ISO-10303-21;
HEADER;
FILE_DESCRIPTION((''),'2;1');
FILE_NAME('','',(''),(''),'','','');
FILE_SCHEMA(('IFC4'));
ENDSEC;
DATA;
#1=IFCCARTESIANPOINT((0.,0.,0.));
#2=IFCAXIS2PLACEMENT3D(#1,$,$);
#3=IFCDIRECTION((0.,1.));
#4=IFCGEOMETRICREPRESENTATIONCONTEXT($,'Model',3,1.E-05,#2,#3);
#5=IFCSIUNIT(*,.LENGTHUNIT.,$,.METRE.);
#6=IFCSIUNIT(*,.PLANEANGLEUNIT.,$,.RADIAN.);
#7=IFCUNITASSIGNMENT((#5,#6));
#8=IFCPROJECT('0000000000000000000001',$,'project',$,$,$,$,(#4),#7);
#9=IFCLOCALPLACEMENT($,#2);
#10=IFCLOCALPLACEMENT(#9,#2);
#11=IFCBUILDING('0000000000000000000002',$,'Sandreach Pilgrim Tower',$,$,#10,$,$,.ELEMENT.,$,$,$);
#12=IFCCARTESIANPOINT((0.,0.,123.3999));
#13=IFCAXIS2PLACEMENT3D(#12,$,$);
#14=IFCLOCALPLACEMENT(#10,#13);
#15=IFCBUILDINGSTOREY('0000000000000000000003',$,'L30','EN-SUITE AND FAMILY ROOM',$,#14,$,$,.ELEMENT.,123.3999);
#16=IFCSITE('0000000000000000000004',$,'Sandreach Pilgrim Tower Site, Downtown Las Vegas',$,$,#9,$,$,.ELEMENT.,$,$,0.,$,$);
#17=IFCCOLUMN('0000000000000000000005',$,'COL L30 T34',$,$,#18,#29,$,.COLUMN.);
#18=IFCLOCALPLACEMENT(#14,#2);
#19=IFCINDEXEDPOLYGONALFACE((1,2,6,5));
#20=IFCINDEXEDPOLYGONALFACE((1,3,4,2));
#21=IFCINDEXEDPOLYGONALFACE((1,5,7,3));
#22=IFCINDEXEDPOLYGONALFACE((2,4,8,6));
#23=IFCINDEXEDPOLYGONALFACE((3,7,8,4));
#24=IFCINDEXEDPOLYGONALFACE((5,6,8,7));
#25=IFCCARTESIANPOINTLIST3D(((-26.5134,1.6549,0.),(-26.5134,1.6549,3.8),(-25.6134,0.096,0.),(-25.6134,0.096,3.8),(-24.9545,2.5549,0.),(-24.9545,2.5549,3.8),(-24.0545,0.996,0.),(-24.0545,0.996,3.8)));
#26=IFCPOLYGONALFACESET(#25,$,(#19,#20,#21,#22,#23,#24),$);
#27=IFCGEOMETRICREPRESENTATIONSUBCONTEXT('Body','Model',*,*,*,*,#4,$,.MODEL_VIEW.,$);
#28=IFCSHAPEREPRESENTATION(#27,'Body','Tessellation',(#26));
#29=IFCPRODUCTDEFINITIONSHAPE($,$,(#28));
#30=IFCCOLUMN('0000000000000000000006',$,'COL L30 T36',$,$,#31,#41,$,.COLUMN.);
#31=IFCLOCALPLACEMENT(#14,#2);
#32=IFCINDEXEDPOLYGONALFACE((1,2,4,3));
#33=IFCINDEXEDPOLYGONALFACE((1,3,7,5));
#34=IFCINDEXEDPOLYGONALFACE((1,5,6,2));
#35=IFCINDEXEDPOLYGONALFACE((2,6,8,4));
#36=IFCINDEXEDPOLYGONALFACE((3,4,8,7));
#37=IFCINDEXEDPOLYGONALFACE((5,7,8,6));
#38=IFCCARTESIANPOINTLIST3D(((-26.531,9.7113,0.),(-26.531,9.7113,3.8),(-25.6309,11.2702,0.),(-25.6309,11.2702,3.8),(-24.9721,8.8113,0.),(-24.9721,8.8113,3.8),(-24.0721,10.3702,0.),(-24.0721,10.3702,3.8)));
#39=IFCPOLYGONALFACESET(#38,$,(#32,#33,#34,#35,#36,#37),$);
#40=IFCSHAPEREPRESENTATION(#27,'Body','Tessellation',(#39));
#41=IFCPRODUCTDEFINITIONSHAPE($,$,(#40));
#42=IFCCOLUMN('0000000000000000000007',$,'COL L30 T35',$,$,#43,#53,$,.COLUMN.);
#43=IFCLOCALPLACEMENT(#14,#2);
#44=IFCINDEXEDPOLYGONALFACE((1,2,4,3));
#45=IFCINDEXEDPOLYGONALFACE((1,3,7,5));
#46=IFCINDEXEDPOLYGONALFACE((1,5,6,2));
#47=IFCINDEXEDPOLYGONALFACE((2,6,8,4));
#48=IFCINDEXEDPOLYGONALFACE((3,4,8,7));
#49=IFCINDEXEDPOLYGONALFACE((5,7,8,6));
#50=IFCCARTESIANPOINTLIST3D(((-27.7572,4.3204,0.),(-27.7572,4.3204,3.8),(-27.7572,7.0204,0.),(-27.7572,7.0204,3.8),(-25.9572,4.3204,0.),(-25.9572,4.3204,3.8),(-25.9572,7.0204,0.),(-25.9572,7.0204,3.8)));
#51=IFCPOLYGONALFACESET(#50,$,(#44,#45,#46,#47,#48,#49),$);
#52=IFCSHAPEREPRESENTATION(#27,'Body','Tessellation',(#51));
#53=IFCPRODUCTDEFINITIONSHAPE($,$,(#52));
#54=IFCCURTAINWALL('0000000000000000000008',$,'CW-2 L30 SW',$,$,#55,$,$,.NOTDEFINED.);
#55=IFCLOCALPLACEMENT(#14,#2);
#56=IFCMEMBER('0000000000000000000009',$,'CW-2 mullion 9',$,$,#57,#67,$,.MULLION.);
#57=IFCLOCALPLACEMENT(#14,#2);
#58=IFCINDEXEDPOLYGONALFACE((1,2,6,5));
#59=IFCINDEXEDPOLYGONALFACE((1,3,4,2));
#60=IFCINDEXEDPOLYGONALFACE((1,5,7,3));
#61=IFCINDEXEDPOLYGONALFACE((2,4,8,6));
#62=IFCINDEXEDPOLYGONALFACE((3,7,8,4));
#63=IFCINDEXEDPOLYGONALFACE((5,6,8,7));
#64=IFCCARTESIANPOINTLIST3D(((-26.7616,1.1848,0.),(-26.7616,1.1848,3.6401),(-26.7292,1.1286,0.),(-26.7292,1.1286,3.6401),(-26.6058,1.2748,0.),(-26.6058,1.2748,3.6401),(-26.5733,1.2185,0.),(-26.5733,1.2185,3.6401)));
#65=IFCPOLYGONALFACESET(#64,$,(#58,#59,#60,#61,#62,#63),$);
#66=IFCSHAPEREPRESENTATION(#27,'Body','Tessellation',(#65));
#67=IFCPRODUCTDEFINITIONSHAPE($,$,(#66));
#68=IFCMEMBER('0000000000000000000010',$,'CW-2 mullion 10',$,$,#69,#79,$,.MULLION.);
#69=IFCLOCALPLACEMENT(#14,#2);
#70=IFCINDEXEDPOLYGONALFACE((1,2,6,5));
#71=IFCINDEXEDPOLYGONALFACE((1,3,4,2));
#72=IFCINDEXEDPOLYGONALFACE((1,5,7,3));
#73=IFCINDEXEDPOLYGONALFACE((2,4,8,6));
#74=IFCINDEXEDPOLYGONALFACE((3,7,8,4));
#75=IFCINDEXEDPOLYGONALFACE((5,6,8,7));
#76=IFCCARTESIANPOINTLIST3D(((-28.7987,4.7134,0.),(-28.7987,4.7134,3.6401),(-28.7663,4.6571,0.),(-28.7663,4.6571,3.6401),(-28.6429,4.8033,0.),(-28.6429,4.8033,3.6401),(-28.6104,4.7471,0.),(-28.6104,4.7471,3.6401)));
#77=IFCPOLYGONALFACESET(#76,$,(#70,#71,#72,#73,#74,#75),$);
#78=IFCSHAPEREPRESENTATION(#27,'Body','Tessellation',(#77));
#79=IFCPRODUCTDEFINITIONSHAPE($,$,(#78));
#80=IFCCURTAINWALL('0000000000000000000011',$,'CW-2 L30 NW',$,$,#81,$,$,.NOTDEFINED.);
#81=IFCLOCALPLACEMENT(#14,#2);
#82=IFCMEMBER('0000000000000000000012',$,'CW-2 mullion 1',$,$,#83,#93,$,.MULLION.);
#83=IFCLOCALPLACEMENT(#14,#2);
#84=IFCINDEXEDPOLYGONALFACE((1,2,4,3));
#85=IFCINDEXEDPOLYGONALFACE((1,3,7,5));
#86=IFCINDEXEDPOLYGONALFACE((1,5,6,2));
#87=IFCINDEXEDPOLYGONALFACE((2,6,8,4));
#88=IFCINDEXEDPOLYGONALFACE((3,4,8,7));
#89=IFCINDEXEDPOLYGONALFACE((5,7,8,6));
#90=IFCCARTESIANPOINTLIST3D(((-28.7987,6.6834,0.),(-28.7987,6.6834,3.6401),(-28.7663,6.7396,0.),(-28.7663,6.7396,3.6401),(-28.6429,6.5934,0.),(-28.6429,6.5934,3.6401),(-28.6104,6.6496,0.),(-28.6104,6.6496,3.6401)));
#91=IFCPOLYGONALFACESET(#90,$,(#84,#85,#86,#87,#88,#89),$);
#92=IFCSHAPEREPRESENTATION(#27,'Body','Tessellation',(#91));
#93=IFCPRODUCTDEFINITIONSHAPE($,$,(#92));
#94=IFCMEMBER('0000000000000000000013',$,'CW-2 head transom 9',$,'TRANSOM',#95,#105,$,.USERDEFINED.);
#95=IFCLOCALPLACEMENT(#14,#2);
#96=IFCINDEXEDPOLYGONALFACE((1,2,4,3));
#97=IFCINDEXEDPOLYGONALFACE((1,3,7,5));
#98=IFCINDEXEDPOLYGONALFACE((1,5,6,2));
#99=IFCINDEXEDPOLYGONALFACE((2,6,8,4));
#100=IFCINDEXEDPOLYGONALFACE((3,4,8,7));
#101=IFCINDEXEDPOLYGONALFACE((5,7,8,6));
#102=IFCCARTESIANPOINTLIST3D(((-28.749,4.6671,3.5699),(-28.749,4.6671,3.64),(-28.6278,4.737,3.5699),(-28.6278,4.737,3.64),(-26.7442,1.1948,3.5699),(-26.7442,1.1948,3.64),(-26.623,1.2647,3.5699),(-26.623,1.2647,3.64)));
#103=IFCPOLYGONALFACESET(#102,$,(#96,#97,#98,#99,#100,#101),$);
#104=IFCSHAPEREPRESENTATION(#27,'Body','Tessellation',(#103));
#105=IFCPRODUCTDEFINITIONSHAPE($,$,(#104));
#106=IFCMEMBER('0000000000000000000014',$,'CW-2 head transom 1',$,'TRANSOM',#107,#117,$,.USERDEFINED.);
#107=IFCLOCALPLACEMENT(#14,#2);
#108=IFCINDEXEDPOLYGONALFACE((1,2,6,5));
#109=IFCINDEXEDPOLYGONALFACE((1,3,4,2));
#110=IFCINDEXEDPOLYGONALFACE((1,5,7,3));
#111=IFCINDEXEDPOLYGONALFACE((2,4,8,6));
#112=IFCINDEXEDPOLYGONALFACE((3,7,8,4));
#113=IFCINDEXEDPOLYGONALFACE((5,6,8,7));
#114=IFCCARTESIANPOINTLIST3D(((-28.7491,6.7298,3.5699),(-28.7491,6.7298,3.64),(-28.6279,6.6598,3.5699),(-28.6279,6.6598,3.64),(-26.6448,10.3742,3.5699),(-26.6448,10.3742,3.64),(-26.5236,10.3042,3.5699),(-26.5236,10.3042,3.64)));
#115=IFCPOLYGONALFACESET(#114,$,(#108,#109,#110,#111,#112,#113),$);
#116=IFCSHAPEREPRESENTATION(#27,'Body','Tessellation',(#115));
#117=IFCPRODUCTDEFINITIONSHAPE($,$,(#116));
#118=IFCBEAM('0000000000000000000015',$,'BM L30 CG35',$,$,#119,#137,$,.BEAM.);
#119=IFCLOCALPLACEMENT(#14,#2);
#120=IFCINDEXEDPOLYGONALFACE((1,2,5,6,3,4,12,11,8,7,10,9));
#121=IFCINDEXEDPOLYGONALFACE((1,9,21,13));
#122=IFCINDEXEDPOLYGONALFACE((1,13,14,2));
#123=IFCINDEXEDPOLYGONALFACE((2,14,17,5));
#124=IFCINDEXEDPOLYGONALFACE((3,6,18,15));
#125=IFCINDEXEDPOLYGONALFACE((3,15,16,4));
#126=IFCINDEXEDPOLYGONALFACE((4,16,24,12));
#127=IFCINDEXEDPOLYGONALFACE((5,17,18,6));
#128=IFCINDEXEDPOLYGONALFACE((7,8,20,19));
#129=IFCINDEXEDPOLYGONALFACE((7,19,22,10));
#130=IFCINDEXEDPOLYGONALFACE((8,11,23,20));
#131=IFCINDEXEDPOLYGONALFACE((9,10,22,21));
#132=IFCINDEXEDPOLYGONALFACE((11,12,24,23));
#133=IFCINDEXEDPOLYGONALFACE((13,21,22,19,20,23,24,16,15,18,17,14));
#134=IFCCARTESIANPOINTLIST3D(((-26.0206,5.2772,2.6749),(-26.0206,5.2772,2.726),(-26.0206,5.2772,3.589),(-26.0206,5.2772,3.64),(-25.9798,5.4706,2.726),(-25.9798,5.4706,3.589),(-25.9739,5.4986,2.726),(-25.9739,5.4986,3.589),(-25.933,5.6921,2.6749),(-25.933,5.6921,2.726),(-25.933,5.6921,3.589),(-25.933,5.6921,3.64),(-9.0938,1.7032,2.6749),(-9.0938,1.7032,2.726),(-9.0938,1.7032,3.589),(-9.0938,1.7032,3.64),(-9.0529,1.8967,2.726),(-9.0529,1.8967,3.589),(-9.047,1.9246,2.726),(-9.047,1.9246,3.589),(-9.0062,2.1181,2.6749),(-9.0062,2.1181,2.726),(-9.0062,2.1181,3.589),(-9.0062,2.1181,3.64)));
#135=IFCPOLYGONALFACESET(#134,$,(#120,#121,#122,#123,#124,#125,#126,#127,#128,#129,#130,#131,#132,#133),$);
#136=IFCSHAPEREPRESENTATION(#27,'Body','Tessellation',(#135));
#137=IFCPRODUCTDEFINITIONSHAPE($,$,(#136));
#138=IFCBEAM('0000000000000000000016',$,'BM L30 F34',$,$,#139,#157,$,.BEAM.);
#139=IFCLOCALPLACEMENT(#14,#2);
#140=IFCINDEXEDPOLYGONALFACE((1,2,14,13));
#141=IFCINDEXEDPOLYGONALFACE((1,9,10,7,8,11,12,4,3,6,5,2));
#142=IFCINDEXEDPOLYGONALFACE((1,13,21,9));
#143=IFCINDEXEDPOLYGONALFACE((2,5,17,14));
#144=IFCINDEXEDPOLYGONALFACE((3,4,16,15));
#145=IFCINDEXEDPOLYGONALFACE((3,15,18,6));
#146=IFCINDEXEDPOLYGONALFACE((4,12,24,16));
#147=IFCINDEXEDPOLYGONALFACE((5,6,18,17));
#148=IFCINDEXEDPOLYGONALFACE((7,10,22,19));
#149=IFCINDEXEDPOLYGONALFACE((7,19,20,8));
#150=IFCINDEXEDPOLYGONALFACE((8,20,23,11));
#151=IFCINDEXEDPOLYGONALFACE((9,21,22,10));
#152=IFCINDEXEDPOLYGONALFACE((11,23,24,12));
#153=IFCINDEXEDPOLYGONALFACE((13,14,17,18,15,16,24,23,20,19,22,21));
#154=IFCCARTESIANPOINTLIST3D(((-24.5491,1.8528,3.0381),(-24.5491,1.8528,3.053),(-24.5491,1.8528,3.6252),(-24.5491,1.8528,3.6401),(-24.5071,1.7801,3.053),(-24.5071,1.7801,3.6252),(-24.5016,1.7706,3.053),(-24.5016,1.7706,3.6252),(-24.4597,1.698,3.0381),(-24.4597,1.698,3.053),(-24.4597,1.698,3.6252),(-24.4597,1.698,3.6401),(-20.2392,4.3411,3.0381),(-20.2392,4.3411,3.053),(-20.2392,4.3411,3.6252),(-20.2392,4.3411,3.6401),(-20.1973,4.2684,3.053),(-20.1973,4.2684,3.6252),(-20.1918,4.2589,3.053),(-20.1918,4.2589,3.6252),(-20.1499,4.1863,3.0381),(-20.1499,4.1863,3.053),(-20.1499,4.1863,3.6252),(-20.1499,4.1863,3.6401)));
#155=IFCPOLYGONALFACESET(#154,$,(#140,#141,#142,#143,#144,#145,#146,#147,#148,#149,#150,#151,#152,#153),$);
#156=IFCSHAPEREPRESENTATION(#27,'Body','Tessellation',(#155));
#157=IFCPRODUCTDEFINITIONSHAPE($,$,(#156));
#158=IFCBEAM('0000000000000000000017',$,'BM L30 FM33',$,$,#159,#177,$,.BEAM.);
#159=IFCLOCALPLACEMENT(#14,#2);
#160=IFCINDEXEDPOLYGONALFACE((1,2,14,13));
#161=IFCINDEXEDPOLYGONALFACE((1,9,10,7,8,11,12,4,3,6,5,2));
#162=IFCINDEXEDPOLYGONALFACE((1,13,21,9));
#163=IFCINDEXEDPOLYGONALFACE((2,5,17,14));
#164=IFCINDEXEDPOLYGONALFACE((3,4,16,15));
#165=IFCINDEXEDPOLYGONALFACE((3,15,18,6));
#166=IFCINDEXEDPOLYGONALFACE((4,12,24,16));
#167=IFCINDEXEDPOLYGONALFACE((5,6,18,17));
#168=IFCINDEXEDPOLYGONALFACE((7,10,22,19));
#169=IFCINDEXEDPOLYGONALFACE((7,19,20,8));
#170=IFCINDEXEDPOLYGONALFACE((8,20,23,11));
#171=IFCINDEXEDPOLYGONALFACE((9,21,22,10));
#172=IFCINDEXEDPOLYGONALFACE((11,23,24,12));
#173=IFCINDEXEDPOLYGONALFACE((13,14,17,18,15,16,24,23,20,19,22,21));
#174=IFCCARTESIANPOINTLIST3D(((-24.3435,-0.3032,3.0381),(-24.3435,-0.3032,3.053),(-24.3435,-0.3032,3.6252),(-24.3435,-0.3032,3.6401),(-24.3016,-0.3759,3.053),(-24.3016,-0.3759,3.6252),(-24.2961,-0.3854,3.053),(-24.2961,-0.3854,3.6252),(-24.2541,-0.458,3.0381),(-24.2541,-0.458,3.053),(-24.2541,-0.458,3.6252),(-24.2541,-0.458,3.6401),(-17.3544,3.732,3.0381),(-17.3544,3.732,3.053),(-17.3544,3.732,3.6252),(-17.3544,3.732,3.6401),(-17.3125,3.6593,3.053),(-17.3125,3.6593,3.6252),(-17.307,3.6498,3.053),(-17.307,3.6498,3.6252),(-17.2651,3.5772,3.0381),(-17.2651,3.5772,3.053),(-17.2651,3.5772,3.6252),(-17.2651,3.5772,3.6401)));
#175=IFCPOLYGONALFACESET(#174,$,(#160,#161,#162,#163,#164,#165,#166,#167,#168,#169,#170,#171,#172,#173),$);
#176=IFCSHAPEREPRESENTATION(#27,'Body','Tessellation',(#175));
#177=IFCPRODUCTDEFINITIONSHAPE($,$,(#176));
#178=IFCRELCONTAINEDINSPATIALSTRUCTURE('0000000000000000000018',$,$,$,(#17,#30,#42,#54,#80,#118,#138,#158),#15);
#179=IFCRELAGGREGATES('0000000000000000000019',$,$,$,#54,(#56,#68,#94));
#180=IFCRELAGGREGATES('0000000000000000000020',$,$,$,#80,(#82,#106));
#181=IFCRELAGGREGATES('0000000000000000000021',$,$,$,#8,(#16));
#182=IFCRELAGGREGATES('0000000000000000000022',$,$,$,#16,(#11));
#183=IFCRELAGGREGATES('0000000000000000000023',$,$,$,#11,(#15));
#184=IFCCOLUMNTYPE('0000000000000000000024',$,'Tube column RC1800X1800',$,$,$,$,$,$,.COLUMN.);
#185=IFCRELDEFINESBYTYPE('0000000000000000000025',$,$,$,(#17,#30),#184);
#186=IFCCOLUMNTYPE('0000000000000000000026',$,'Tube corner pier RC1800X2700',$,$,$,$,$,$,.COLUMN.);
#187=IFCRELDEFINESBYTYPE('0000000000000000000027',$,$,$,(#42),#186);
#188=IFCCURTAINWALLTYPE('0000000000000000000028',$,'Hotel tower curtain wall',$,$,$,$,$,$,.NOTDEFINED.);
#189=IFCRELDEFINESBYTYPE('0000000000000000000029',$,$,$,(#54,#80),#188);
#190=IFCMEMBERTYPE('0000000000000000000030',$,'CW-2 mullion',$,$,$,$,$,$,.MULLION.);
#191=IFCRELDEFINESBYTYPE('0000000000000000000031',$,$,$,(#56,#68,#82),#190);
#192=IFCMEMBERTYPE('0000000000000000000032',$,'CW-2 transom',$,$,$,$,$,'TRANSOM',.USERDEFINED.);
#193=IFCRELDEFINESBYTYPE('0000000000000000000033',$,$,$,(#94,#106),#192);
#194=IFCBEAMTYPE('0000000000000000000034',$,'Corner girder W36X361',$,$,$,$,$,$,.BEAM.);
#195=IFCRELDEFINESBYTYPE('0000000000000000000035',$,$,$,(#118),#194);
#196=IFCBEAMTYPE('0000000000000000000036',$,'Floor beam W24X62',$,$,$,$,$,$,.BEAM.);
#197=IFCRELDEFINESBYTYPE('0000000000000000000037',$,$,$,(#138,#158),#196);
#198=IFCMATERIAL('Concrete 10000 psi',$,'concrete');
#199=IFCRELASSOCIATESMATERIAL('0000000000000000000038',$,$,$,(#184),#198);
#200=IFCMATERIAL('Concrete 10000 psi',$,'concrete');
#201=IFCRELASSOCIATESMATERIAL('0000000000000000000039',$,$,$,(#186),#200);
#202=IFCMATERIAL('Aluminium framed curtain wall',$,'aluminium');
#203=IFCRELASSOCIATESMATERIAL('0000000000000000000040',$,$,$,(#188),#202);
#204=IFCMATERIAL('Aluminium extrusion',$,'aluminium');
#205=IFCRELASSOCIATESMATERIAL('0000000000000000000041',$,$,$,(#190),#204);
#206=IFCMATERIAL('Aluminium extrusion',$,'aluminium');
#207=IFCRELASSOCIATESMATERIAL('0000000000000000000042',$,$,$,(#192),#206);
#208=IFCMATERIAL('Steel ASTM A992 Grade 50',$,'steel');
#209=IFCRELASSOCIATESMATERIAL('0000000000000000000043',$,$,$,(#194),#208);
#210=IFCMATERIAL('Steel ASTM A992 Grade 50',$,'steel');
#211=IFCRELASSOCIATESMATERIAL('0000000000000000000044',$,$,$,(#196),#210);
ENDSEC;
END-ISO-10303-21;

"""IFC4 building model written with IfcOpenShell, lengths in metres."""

from ifc_helpers import new_model, si_unit, direction, frame, origin, origin_2d, place, context, subcontext, project, spatial, rectangle, i_section, extrude, material, material_profile, profile_set, type_object, element, aggregate, save


model = new_model("IFC4")

# Units and contexts
model_context = context("Model", 3, precision=1e-05, world=origin(), true_north=direction((0.0, 1.0)))
body_context = subcontext(model_context, "Body", "Model", "MODEL_VIEW")
ifc_project = project(units=[si_unit("LENGTHUNIT", "METRE"), si_unit("PLANEANGLEUNIT", "RADIAN")], contexts=[model_context])

# Site, building, storey
site_placement = place(None, origin())
site = spatial("IfcSite", under=ifc_project, at=site_placement, Name="Sandreach Pilgrim Tower Site, Downtown Las Vegas", CompositionType="ELEMENT", RefElevation=0.0)
building_placement = place(site_placement, origin())
building = spatial("IfcBuilding", under=site, at=building_placement, Name="Sandreach Pilgrim Tower", CompositionType="ELEMENT")
storey_placement = place(building_placement, frame((0.0, 0.0, 123.3999)))
storey = spatial("IfcBuildingStorey", under=building, at=storey_placement, Name="L30", Description="EN-SUITE AND FAMILY ROOM", CompositionType="ELEMENT", Elevation=123.3999)

# Columns
ifc_material_1 = material(Name="Concrete 10000 psi", Category="concrete")
ifc_material_profile_1 = material_profile(ifc_material_1, rectangle(XDim=1.8, YDim=1.8, at=origin_2d()), Name="RC1800X1800")
ifc_profile_set_1 = profile_set([ifc_material_profile_1], Name="Concrete 10000 psi")
column_type_1 = type_object("IfcColumnType", Name="Tube column RC1800X1800", PredefinedType="COLUMN", material=ifc_profile_set_1)
for number, where, z_axis, x_axis, name in (
    (1, (-25.2839, 1.3254, 0.0), (0.0, 0.0, 1.0), (-0.866025, -0.5, 0.0), "COL L30 T34"),
    (2, (-25.3015, 10.0408, 0.0), (0.0, 0.0, 1.0), (-0.866025, 0.5, 0.0), "COL L30 T36"),
):
    element("IfcColumn", number, at=place(storey_placement, frame(where, z_axis=z_axis, x_axis=x_axis)), inside=storey, type_object=column_type_1, Name=name, PredefinedType="COLUMN", context=body_context, shape_type="SweptSolid", body=[
        extrude(rectangle(XDim=1.8, YDim=1.8, at=origin_2d()), origin(), (0.0, 0.0, 1.0), 3.8),
    ])
ifc_material_2 = material(Name="Concrete 10000 psi", Category="concrete")
ifc_material_profile_2 = material_profile(ifc_material_2, rectangle(XDim=1.8, YDim=2.7, at=origin_2d()), Name="RC1800X2700")
ifc_profile_set_2 = profile_set([ifc_material_profile_2], Name="Concrete 10000 psi")
column_type_2 = type_object("IfcColumnType", Name="Tube corner pier RC1800X2700", PredefinedType="COLUMN", material=ifc_profile_set_2)
column_placement = place(storey_placement, frame((-26.8572, 5.6704, 0.0), z_axis=(0.0, 0.0, 1.0), x_axis=(-1.0, 0.0, 0.0)))
element("IfcColumn", 3, at=column_placement, inside=storey, type_object=column_type_2, Name="COL L30 T35", PredefinedType="COLUMN", context=body_context, shape_type="SweptSolid", body=[
    extrude(rectangle(XDim=1.8, YDim=2.7, at=origin_2d()), origin(), (0.0, 0.0, 1.0), 3.8),
])

# Curtain wall, members
ifc_material_3 = material(Name="Aluminium framed curtain wall", Category="aluminium")
curtain_wall_type = type_object("IfcCurtainWallType", Name="Hotel tower curtain wall", PredefinedType="NOTDEFINED", material=ifc_material_3)
curtain_wall_1_placement = place(storey_placement, origin())
curtain_wall_1 = element("IfcCurtainWall", 4, at=curtain_wall_1_placement, inside=storey, type_object=curtain_wall_type, Name="CW-2 L30 SW", PredefinedType="NOTDEFINED")
ifc_material_4 = material(Name="Aluminium extrusion", Category="aluminium")
ifc_material_profile_3 = material_profile(ifc_material_4, rectangle(XDim=0.0649, YDim=0.1799, at=origin_2d()), Name="CW-2M 65X180")
ifc_profile_set_3 = profile_set([ifc_material_profile_3], Name="Aluminium extrusion")
member_type_1 = type_object("IfcMemberType", Name="CW-2 mullion", PredefinedType="MULLION", material=ifc_profile_set_3)
member_1_placement = place(storey_placement, frame((-26.6675, 1.2017, 0.0), z_axis=(0.0, 0.0, 1.0), x_axis=(-0.5, 0.866025, 0.0)))
member_1 = element("IfcMember", 5, at=member_1_placement, type_object=member_type_1, Name="CW-2 mullion 9", PredefinedType="MULLION", context=body_context, shape_type="SweptSolid", body=[
    extrude(rectangle(XDim=0.0649, YDim=0.1799, at=origin_2d()), origin(), (0.0, 0.0, 1.0), 3.6401),
])
member_2_placement = place(storey_placement, frame((-28.7046, 4.7302, 0.0), z_axis=(0.0, 0.0, 1.0), x_axis=(-0.5, 0.866025, 0.0)))
member_2 = element("IfcMember", 6, at=member_2_placement, type_object=member_type_1, Name="CW-2 mullion 10", PredefinedType="MULLION", context=body_context, shape_type="SweptSolid", body=[
    extrude(rectangle(XDim=0.0649, YDim=0.1799, at=origin_2d()), origin(), (0.0, 0.0, 1.0), 3.6401),
])

# Curtain wall, member
curtain_wall_2_placement = place(storey_placement, origin())
curtain_wall_2 = element("IfcCurtainWall", 7, at=curtain_wall_2_placement, inside=storey, type_object=curtain_wall_type, Name="CW-2 L30 NW", PredefinedType="NOTDEFINED")
member_3_placement = place(storey_placement, frame((-28.7046, 6.6665, 0.0), z_axis=(0.0, 0.0, 1.0), x_axis=(0.5, 0.866025, 0.0)))
member_3 = element("IfcMember", 8, at=member_3_placement, type_object=member_type_1, Name="CW-2 mullion 1", PredefinedType="MULLION", context=body_context, shape_type="SweptSolid", body=[
    extrude(rectangle(XDim=0.0649, YDim=0.1799, at=origin_2d()), origin(), (0.0, 0.0, 1.0), 3.6401),
])

# Members
ifc_material_5 = material(Name="Aluminium extrusion", Category="aluminium")
ifc_material_profile_4 = material_profile(ifc_material_5, rectangle(XDim=0.1399, YDim=0.0701, at=origin_2d()), Name="CW-2T 140X70")
ifc_profile_set_4 = profile_set([ifc_material_profile_4], Name="Aluminium extrusion")
member_type_2 = type_object("IfcMemberType", Name="CW-2 transom", ElementType="TRANSOM", PredefinedType="USERDEFINED", material=ifc_profile_set_4)
member_4_placement = place(storey_placement, frame((-26.6836, 1.2297, 3.605), z_axis=(-0.500016, 0.866016, 0.0), x_axis=(-0.866016, -0.500016, 0.0)))
member_4 = element("IfcMember", 9, at=member_4_placement, type_object=member_type_2, Name="CW-2 head transom 9", ObjectType="TRANSOM", PredefinedType="USERDEFINED", context=body_context, shape_type="SweptSolid", body=[
    extrude(rectangle(XDim=0.1399, YDim=0.0701, at=origin_2d()), origin(), (0.0, 0.0, 1.0), 4.0095),
])
member_5_placement = place(storey_placement, frame((-28.6885, 6.6948, 3.605), z_axis=(0.500039, 0.866003, 0.0), x_axis=(-0.866003, 0.500039, 0.0)))
member_5 = element("IfcMember", 10, at=member_5_placement, type_object=member_type_2, Name="CW-2 head transom 1", ObjectType="TRANSOM", PredefinedType="USERDEFINED", context=body_context, shape_type="SweptSolid", body=[
    extrude(rectangle(XDim=0.1399, YDim=0.0701, at=origin_2d()), origin(), (0.0, 0.0, 1.0), 4.2083),
])

# Beams
ifc_material_6 = material(Name="Steel ASTM A992 Grade 50", Category="steel")
ifc_material_profile_5 = material_profile(ifc_material_6, i_section(OverallWidth=0.4241, OverallDepth=0.9651, WebThickness=0.0286, FlangeThickness=0.051, at=origin_2d()), Name="W36X361")
ifc_profile_set_5 = profile_set([ifc_material_profile_5], Name="Steel ASTM A992 Grade 50")
beam_type_1 = type_object("IfcBeamType", Name="Corner girder W36X361", PredefinedType="BEAM", material=ifc_profile_set_5)
beam_1_placement = place(storey_placement, frame((-25.9768, 5.4846, 3.1575), z_axis=(0.978428, -0.206589, 0.0), x_axis=(0.206589, 0.978428, 0.0)))
element("IfcBeam", 11, at=beam_1_placement, inside=storey, type_object=beam_type_1, Name="BM L30 CG35", PredefinedType="BEAM", context=body_context, shape_type="SweptSolid", body=[
    extrude(i_section(OverallWidth=0.4241, OverallDepth=0.9651, WebThickness=0.0286, FlangeThickness=0.051, at=origin_2d()), origin(), (0.0, 0.0, 1.0), 17.3),
])
ifc_material_7 = material(Name="Steel ASTM A992 Grade 50", Category="steel")
ifc_material_profile_6 = material_profile(ifc_material_7, i_section(OverallWidth=0.1787, OverallDepth=0.6021, WebThickness=0.011, FlangeThickness=0.0149, at=origin_2d()), Name="W24X62")
ifc_profile_set_6 = profile_set([ifc_material_profile_6], Name="Steel ASTM A992 Grade 50")
beam_type_2 = type_object("IfcBeamType", Name="Floor beam W24X62", PredefinedType="BEAM", material=ifc_profile_set_6)
beam_2_placement = place(storey_placement, frame((-24.5044, 1.7754, 3.3391), z_axis=(0.866025, 0.500001, 0.0), x_axis=(-0.500001, 0.866025, 0.0)))
element("IfcBeam", 12, at=beam_2_placement, inside=storey, type_object=beam_type_2, Name="BM L30 F34", PredefinedType="BEAM", context=body_context, shape_type="SweptSolid", body=[
    extrude(i_section(OverallWidth=0.1787, OverallDepth=0.6021, WebThickness=0.011, FlangeThickness=0.0149, at=origin_2d()), origin(), (0.0, 0.0, 1.0), 4.9766),
])
beam_3_placement = place(storey_placement, frame((-24.2988, -0.3806, 3.3391), z_axis=(0.866023, 0.500004, 0.0), x_axis=(-0.500004, 0.866023, 0.0)))
element("IfcBeam", 13, at=beam_3_placement, inside=storey, type_object=beam_type_2, Name="BM L30 FM33", PredefinedType="BEAM", context=body_context, shape_type="SweptSolid", body=[
    extrude(i_section(OverallWidth=0.1787, OverallDepth=0.6021, WebThickness=0.011, FlangeThickness=0.0149, at=origin_2d()), origin(), (0.0, 0.0, 1.0), 8.0703),
])

aggregate(curtain_wall_1, [member_1, member_2, member_4])
aggregate(curtain_wall_2, [member_3, member_5])

save(model, "model.ifc")
